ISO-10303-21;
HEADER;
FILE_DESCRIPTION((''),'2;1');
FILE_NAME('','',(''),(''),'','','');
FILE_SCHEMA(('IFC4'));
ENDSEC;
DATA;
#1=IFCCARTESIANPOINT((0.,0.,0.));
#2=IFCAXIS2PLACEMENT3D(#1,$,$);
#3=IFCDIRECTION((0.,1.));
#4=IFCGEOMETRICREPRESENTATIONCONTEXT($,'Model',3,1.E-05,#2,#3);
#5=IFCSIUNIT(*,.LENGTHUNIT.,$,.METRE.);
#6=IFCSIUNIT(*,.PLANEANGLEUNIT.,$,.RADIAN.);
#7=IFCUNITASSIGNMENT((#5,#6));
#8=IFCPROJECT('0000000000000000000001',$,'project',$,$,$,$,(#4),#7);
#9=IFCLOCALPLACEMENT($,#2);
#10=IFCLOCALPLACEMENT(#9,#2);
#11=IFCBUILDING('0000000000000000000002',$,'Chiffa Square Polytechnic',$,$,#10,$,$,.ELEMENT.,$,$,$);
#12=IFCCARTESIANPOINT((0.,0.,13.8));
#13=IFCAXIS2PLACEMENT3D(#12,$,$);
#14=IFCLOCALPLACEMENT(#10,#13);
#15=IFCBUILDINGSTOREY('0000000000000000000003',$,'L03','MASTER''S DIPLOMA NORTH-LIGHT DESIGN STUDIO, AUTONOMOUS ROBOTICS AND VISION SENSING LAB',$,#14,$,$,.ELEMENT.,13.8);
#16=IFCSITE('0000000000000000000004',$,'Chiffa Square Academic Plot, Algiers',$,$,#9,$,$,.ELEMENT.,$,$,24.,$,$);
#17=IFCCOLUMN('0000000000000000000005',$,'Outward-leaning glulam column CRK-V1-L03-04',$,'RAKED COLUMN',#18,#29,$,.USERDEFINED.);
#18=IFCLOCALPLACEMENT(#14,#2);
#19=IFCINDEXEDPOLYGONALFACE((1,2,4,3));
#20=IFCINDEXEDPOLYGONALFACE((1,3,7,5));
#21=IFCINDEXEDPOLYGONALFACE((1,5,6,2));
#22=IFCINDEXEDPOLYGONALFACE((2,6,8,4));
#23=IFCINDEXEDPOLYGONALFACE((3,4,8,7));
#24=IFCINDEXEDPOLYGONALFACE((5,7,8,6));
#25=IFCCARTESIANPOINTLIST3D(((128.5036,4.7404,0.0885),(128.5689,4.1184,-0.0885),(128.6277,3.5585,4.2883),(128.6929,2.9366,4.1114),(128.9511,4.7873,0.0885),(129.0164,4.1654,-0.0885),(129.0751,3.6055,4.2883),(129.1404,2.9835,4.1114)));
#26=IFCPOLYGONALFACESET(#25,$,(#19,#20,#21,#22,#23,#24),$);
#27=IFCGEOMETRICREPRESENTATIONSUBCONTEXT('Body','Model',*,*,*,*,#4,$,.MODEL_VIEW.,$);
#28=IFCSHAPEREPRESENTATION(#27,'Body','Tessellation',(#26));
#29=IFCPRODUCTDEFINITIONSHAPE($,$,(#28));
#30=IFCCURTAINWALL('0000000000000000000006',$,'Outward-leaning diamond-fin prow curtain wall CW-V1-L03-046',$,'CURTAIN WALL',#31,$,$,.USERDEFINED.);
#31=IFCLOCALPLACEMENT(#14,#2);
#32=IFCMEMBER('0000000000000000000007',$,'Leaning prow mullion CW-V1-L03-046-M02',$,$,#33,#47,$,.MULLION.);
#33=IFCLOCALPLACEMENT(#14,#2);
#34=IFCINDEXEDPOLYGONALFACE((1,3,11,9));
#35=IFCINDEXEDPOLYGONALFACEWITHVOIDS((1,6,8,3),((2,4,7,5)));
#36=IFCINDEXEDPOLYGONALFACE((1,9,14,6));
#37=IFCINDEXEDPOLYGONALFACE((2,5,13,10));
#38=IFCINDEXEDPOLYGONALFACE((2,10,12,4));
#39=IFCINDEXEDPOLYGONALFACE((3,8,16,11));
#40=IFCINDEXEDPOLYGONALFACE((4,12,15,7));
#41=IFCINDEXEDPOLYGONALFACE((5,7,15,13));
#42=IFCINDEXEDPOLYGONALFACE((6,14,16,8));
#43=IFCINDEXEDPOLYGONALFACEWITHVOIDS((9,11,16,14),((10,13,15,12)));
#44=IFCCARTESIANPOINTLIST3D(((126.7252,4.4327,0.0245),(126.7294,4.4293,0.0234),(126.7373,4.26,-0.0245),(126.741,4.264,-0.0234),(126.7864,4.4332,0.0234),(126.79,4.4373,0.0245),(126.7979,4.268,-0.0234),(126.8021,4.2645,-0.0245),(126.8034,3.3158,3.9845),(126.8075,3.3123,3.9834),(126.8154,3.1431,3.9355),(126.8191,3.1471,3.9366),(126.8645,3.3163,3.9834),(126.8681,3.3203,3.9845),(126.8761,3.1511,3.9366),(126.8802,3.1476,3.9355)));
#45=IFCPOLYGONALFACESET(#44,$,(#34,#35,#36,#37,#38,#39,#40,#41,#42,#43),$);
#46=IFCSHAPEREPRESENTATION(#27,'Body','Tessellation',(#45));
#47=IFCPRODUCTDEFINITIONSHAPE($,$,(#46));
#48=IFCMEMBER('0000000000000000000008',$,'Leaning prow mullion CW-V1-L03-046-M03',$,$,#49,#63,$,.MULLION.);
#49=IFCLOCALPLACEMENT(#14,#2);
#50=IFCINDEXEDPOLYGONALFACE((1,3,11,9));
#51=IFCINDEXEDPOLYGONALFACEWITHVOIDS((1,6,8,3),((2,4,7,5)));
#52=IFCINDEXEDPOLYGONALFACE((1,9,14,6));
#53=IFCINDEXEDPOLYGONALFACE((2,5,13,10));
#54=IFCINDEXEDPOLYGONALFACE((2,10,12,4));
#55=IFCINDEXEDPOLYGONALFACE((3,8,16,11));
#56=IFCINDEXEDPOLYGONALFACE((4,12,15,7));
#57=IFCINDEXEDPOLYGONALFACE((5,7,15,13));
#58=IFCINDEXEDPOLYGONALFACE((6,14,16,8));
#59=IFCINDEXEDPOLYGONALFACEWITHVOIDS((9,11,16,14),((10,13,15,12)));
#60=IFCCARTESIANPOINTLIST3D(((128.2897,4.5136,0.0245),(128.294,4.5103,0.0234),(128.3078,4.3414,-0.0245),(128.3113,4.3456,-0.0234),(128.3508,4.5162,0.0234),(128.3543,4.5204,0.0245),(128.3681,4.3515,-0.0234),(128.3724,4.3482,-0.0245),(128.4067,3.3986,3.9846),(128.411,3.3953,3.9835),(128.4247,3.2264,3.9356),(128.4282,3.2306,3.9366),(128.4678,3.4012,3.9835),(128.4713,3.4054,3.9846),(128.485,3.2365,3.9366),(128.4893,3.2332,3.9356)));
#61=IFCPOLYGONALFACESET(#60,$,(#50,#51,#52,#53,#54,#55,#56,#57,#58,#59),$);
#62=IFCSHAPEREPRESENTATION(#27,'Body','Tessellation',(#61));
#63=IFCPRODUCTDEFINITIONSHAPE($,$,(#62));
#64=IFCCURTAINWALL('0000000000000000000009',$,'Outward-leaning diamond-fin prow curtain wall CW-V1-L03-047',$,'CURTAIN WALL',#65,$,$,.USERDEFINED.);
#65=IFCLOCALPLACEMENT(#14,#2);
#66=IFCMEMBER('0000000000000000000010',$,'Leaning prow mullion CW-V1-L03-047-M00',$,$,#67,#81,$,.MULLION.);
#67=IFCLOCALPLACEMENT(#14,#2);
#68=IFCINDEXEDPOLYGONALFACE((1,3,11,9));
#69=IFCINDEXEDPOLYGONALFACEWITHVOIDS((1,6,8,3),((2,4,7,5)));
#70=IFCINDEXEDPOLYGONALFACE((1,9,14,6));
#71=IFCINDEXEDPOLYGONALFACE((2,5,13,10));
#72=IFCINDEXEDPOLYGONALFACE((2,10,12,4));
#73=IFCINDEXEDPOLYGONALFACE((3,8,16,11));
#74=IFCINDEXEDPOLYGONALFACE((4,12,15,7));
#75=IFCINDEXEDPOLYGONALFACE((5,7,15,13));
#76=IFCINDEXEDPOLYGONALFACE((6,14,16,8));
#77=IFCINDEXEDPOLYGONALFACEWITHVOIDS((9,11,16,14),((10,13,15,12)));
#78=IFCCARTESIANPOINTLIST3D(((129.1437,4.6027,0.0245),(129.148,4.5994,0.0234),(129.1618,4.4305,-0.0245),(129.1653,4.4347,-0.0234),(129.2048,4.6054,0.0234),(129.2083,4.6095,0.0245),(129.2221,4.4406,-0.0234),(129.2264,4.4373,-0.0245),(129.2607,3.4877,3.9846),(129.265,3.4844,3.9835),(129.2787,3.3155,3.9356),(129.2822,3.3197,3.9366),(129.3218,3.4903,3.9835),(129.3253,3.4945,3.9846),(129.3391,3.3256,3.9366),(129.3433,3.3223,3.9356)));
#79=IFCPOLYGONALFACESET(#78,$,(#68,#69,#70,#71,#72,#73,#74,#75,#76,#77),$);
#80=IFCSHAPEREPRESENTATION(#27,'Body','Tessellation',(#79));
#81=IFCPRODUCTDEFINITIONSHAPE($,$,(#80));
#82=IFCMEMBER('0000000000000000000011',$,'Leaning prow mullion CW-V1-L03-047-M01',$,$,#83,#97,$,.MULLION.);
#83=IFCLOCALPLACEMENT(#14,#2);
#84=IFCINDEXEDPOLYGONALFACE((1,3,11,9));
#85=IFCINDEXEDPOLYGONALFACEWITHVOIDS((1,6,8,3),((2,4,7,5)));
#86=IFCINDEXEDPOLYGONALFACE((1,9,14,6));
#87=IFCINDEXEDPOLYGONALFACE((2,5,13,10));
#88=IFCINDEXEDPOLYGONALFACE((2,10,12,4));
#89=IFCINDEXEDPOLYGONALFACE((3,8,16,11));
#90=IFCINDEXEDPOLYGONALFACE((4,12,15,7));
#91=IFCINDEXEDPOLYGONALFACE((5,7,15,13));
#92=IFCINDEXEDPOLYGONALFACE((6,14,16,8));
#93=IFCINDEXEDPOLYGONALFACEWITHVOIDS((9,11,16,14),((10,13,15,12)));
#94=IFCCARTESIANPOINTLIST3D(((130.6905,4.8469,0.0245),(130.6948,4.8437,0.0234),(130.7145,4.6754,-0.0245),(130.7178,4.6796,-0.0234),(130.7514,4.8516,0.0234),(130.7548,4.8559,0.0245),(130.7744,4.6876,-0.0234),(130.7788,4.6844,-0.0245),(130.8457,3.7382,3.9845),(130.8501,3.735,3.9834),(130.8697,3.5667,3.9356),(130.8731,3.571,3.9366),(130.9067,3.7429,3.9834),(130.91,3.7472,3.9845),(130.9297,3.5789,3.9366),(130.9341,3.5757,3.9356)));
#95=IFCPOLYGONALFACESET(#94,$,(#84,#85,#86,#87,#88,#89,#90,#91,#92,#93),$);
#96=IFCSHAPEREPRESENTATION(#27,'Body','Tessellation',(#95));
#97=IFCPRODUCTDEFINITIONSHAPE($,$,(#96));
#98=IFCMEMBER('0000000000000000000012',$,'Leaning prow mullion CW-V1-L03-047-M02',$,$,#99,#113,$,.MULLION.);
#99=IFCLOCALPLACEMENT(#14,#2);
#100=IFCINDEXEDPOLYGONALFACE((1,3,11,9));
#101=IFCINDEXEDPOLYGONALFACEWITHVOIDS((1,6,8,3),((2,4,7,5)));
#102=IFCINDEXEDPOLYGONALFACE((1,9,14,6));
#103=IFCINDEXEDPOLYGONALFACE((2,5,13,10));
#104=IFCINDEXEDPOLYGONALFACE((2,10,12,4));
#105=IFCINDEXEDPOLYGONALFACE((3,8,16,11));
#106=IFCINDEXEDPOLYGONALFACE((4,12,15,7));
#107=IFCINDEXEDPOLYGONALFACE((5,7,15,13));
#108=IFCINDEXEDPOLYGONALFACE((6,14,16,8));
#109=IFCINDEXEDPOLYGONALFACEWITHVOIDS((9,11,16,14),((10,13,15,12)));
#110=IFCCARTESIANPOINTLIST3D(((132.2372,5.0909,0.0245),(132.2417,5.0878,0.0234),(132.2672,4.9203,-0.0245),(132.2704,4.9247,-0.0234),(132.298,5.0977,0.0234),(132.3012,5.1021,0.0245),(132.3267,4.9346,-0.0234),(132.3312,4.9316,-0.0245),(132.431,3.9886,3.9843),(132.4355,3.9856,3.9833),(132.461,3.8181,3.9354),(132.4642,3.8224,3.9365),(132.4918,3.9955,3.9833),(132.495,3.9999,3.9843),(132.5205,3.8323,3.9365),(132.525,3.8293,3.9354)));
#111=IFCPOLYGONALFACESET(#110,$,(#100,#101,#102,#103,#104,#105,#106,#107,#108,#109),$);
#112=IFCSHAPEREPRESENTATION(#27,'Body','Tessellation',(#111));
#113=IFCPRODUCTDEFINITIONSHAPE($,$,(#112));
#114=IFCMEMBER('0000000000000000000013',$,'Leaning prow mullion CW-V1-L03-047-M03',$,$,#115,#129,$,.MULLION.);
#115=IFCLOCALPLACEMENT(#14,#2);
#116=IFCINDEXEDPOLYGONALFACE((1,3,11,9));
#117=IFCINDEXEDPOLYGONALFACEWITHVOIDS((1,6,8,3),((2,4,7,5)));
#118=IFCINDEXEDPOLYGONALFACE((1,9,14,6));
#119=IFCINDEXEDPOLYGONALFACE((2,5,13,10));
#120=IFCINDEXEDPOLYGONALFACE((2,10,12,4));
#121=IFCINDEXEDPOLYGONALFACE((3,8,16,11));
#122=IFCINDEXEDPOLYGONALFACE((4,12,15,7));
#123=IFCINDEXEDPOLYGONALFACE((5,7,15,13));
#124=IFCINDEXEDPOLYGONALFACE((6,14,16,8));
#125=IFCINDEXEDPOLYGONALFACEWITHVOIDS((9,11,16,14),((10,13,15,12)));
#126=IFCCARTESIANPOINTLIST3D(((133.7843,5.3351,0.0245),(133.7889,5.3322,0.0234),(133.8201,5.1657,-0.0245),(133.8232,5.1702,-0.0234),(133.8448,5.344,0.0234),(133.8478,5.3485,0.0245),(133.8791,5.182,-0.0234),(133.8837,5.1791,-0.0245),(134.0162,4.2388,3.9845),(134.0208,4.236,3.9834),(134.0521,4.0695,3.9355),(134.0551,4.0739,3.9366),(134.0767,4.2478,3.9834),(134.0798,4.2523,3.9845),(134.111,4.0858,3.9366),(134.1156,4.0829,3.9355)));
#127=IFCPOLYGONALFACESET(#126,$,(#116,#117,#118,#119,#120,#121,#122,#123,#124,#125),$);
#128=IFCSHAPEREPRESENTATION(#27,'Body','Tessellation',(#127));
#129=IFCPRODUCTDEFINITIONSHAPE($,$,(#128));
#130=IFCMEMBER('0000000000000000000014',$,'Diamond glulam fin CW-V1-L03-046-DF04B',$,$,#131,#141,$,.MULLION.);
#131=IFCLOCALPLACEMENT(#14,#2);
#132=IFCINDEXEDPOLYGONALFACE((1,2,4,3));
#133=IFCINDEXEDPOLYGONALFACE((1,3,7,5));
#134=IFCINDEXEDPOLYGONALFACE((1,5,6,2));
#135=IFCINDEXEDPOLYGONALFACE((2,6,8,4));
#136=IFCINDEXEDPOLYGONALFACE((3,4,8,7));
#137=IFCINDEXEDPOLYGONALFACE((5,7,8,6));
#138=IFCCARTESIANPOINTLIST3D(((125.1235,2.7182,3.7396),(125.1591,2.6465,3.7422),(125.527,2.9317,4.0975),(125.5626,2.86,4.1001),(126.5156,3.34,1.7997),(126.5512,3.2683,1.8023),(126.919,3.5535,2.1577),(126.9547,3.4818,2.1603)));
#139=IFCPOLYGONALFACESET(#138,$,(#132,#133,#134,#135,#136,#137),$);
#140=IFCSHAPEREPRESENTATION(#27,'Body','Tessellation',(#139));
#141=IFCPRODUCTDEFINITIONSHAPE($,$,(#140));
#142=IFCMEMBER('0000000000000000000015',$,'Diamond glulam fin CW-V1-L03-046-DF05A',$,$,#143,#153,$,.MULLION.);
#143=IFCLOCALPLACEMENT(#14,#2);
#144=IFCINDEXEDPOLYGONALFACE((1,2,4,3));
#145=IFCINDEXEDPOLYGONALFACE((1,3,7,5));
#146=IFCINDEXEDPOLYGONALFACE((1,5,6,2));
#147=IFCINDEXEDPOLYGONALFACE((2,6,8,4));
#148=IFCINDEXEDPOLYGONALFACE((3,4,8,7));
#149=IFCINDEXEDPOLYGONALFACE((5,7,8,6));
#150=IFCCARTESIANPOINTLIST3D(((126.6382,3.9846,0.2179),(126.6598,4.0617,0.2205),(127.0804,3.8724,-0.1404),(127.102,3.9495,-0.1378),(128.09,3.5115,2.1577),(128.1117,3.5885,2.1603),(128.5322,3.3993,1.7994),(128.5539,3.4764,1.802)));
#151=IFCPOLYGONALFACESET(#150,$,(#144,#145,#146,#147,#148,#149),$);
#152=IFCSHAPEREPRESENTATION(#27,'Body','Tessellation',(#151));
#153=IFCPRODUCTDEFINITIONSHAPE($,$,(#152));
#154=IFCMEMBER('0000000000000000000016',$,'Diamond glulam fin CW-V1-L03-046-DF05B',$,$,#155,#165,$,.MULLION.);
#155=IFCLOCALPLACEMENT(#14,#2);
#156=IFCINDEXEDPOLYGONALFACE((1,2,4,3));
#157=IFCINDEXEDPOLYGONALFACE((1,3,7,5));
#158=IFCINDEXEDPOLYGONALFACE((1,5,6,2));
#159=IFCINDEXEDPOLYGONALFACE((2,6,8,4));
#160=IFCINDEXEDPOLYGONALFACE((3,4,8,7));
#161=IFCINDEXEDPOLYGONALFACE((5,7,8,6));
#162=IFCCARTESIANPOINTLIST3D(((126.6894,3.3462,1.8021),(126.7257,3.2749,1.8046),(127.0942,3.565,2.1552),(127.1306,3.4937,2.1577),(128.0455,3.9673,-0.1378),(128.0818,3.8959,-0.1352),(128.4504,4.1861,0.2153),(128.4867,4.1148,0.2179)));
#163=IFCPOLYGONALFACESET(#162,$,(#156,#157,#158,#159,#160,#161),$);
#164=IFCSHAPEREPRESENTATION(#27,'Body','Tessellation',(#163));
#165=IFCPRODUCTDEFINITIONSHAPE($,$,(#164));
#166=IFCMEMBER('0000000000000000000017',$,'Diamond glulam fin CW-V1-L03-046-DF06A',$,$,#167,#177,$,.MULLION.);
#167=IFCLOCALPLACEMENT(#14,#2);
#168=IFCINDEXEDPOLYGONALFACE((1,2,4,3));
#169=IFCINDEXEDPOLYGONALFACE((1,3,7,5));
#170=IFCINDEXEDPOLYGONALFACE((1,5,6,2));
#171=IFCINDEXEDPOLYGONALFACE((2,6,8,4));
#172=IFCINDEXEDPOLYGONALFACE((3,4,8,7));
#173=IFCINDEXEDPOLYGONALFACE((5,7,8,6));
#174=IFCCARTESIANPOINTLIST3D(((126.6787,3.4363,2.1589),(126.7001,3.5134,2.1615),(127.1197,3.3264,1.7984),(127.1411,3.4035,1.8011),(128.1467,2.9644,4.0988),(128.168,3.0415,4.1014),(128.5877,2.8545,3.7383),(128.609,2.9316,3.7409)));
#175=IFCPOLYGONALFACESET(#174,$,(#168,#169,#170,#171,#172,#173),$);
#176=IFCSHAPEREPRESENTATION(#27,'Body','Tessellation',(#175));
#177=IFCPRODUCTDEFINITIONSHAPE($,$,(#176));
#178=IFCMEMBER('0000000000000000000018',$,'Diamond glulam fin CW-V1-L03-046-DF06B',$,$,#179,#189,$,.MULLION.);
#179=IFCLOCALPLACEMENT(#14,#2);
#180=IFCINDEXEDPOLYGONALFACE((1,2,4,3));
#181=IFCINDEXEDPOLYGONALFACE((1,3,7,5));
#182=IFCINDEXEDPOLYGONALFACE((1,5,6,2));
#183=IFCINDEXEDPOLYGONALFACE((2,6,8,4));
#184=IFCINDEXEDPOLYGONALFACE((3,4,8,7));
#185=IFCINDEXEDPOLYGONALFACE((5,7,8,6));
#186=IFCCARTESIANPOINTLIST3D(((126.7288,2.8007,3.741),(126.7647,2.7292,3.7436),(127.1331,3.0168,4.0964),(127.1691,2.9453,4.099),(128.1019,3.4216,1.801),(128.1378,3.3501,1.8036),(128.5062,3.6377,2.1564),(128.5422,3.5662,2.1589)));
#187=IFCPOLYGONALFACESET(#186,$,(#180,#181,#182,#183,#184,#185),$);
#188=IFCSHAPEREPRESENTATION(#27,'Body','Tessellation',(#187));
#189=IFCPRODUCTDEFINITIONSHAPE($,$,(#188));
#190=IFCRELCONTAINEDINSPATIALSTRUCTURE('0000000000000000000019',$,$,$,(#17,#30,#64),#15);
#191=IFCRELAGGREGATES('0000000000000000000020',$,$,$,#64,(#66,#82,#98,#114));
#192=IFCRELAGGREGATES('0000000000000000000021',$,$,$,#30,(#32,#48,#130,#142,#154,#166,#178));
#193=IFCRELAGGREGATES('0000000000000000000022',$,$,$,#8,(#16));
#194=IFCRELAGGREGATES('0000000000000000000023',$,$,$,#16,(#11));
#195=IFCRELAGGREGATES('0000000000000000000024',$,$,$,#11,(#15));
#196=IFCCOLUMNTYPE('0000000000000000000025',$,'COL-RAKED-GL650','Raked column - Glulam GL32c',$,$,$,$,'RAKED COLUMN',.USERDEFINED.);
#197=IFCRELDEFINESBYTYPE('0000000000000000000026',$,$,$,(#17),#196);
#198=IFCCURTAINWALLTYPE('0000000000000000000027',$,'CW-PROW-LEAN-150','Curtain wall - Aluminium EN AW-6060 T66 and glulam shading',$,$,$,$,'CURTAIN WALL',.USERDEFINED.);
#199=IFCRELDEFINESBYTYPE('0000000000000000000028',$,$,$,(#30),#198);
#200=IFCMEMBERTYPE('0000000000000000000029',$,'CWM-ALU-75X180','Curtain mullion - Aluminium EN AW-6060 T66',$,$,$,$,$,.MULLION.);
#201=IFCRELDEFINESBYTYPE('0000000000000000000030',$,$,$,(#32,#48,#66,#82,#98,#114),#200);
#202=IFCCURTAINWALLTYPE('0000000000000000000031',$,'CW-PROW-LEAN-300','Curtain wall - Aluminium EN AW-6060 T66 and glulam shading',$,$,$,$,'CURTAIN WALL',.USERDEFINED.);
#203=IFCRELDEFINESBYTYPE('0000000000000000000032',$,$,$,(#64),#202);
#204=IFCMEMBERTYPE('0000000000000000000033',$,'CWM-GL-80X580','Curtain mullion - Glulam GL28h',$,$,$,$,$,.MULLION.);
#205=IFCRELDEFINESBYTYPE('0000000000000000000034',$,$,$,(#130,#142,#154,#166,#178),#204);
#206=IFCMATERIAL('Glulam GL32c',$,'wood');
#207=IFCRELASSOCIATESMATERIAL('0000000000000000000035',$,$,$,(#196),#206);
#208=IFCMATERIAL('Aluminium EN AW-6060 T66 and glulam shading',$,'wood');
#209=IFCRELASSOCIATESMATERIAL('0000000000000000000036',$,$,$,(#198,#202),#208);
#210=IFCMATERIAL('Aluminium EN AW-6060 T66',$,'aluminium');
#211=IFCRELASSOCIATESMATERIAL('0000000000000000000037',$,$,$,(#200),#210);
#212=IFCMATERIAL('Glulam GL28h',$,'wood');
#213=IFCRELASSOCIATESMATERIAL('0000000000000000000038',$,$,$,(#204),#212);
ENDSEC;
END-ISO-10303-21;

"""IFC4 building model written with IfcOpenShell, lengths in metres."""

from ifc_helpers import new_model, si_unit, direction, frame, origin, origin_2d, place, context, subcontext, project, spatial, rectangle, hollow_rectangle, extrude, material, material_profile, profile_set, type_object, element, aggregate, save


model = new_model("IFC4")

# Units and contexts
model_context = context("Model", 3, precision=1e-05, world=origin(), true_north=direction((0.0, 1.0)))
body_context = subcontext(model_context, "Body", "Model", "MODEL_VIEW")
ifc_project = project(units=[si_unit("LENGTHUNIT", "METRE"), si_unit("PLANEANGLEUNIT", "RADIAN")], contexts=[model_context])

# Site, building, storey
site_placement = place(None, origin())
site = spatial("IfcSite", under=ifc_project, at=site_placement, Name="Chiffa Square Academic Plot, Algiers", CompositionType="ELEMENT", RefElevation=24.0)
building_placement = place(site_placement, origin())
building = spatial("IfcBuilding", under=site, at=building_placement, Name="Chiffa Square Polytechnic", CompositionType="ELEMENT")
storey_placement = place(building_placement, frame((0.0, 0.0, 13.8)))
storey = spatial("IfcBuildingStorey", under=building, at=storey_placement, Name="L03", Description="MASTER'S DIPLOMA NORTH-LIGHT DESIGN STUDIO, AUTONOMOUS ROBOTICS AND VISION SENSING LAB", CompositionType="ELEMENT", Elevation=13.8)

# Column
ifc_material_1 = material(Name="Glulam GL32c", Category="wood")
ifc_material_profile_1 = material_profile(ifc_material_1, rectangle(XDim=0.45, YDim=0.6499, at=origin_2d()), Name="GL32c 450x650")
ifc_profile_set_1 = profile_set([ifc_material_profile_1], Name="Glulam GL32c")
column_type = type_object("IfcColumnType", Name="COL-RAKED-GL650", Description="Raked column - Glulam GL32c", ElementType="RAKED COLUMN", PredefinedType="USERDEFINED", material=ifc_profile_set_1)
column_placement = place(storey_placement, frame((128.76, 4.4529, 0.0), z_axis=(0.028414, -0.270774, 0.962224), x_axis=(0.994539, 0.104364, 0.0)))
element("IfcColumn", 1, at=column_placement, inside=storey, type_object=column_type, Name="Outward-leaning glulam column CRK-V1-L03-04", ObjectType="RAKED COLUMN", PredefinedType="USERDEFINED", context=body_context, shape_type="SweptSolid", body=[
    extrude(rectangle(XDim=0.45, YDim=0.6499, at=origin_2d()), origin(), (0.0, 0.0, 1.0), 4.3647),
])

# Curtain walls, members
ifc_material_2 = material(Name="Aluminium EN AW-6060 T66 and glulam shading", Category="wood")
curtain_wall_type_1 = type_object("IfcCurtainWallType", Name="CW-PROW-LEAN-150", Description="Curtain wall - Aluminium EN AW-6060 T66 and glulam shading", ElementType="CURTAIN WALL", PredefinedType="USERDEFINED", material=ifc_material_2)
curtain_wall_1_placement = place(storey_placement, origin())
curtain_wall_1 = element("IfcCurtainWall", 2, at=curtain_wall_1_placement, inside=storey, type_object=curtain_wall_type_1, Name="Outward-leaning diamond-fin prow curtain wall CW-V1-L03-046", ObjectType="CURTAIN WALL", PredefinedType="USERDEFINED")
ifc_material_3 = material(Name="Aluminium EN AW-6060 T66", Category="aluminium")
ifc_material_profile_2 = material_profile(ifc_material_3, hollow_rectangle(XDim=0.0649, YDim=0.1799, WallThickness=0.0039, at=origin_2d()), Name="ALU 65x180x4")
ifc_profile_set_2 = profile_set([ifc_material_profile_2], Name="Aluminium EN AW-6060 T66")
member_type_1 = type_object("IfcMemberType", Name="CWM-ALU-75X180", Description="Curtain mullion - Aluminium EN AW-6060 T66", PredefinedType="MULLION", material=ifc_profile_set_2)
member_1_placement = place(storey_placement, frame((126.7637, 4.3486, 0.0), z_axis=(0.018984, -0.271418, 0.962274), x_axis=(0.997563, 0.069775, 0.0)))
member_1 = element("IfcMember", 3, at=member_1_placement, type_object=member_type_1, Name="Leaning prow mullion CW-V1-L03-046-M02", PredefinedType="MULLION", context=body_context, shape_type="SweptSolid", body=[
    extrude(hollow_rectangle(XDim=0.0649, YDim=0.1799, WallThickness=0.0039, at=origin_2d()), origin(), (0.0, 0.0, 1.0), 4.1152),
])
member_2_placement = place(storey_placement, frame((128.3311, 4.4309, 0.0), z_axis=(0.028415, -0.270918, 0.962183), x_axis=(0.994545, 0.104311, 0.0)))
member_2 = element("IfcMember", 4, at=member_2_placement, type_object=member_type_1, Name="Leaning prow mullion CW-V1-L03-046-M03", PredefinedType="MULLION", context=body_context, shape_type="SweptSolid", body=[
    extrude(hollow_rectangle(XDim=0.0649, YDim=0.1799, WallThickness=0.0039, at=origin_2d()), origin(), (0.0, 0.0, 1.0), 4.1157),
])
curtain_wall_type_2 = type_object("IfcCurtainWallType", Name="CW-PROW-LEAN-300", Description="Curtain wall - Aluminium EN AW-6060 T66 and glulam shading", ElementType="CURTAIN WALL", PredefinedType="USERDEFINED", material=ifc_material_2)
curtain_wall_2_placement = place(storey_placement, origin())
curtain_wall_2 = element("IfcCurtainWall", 5, at=curtain_wall_2_placement, inside=storey, type_object=curtain_wall_type_2, Name="Outward-leaning diamond-fin prow curtain wall CW-V1-L03-047", ObjectType="CURTAIN WALL", PredefinedType="USERDEFINED")
member_3_placement = place(storey_placement, frame((129.1851, 4.52, 0.0), z_axis=(0.028415, -0.270918, 0.962183), x_axis=(0.994545, 0.104311, 0.0)))
member_3 = element("IfcMember", 6, at=member_3_placement, type_object=member_type_1, Name="Leaning prow mullion CW-V1-L03-047-M00", PredefinedType="MULLION", context=body_context, shape_type="SweptSolid", body=[
    extrude(hollow_rectangle(XDim=0.0649, YDim=0.1799, WallThickness=0.0039, at=origin_2d()), origin(), (0.0, 0.0, 1.0), 4.1157),
])
member_4_placement = place(storey_placement, frame((130.7346, 4.7656, 0.0), z_axis=(0.037732, -0.269405, 0.962288), x_axis=(0.990334, 0.138703, 0.0)))
member_4 = element("IfcMember", 7, at=member_4_placement, type_object=member_type_1, Name="Leaning prow mullion CW-V1-L03-047-M01", PredefinedType="MULLION", context=body_context, shape_type="SweptSolid", body=[
    extrude(hollow_rectangle(XDim=0.0649, YDim=0.1799, WallThickness=0.0039, at=origin_2d()), origin(), (0.0, 0.0, 1.0), 4.1152),
])
member_5_placement = place(storey_placement, frame((132.2842, 5.0112, 0.0), z_axis=(0.047107, -0.267867, 0.962304), x_axis=(0.984887, 0.1732, 0.0)))
member_5 = element("IfcMember", 8, at=member_5_placement, type_object=member_type_1, Name="Leaning prow mullion CW-V1-L03-047-M02", PredefinedType="MULLION", context=body_context, shape_type="SweptSolid", body=[
    extrude(hollow_rectangle(XDim=0.0649, YDim=0.1799, WallThickness=0.0039, at=origin_2d()), origin(), (0.0, 0.0, 1.0), 4.115),
])
member_6_placement = place(storey_placement, frame((133.834, 5.2571, 0.0), z_axis=(0.056357, -0.266362, 0.962224), x_axis=(0.978341, 0.206999, 0.0)))
member_6 = element("IfcMember", 9, at=member_6_placement, type_object=member_type_1, Name="Leaning prow mullion CW-V1-L03-047-M03", PredefinedType="MULLION", context=body_context, shape_type="SweptSolid", body=[
    extrude(hollow_rectangle(XDim=0.0649, YDim=0.1799, WallThickness=0.0039, at=origin_2d()), origin(), (0.0, 0.0, 1.0), 4.1155),
])

# Members
ifc_material_4 = material(Name="Glulam GL28h", Category="wood")
ifc_material_profile_3 = material_profile(ifc_material_4, rectangle(XDim=0.0801, YDim=0.5801, at=origin_2d()), Name="GL28h 80x580")
ifc_profile_set_3 = profile_set([ifc_material_profile_3], Name="Glulam GL28h")
member_type_2 = type_object("IfcMemberType", Name="CWM-GL-80X580", Description="Curtain mullion - Glulam GL28h", PredefinedType="MULLION", material=ifc_profile_set_3)
member_7_placement = place(storey_placement, frame((126.7351, 3.4109, 1.98), z_axis=(-0.564198, -0.252019, 0.786236), x_axis=(0.444858, -0.895017, 0.03234)))
member_7 = element("IfcMember", 10, at=member_7_placement, type_object=member_type_2, Name="Diamond glulam fin CW-V1-L03-046-DF04B", PredefinedType="MULLION", context=body_context, shape_type="SweptSolid", body=[
    extrude(rectangle(XDim=0.0801, YDim=0.5801, at=origin_2d()), origin(), (0.0, 0.0, 1.0), 2.4673),
])
member_8_placement = place(storey_placement, frame((126.8701, 3.967, 0.04), z_axis=(0.588087, -0.191645, 0.785764), x_axis=(0.270317, 0.962227, 0.032371)))
member_8 = element("IfcMember", 11, at=member_8_placement, type_object=member_type_2, Name="Diamond glulam fin CW-V1-L03-046-DF05A", PredefinedType="MULLION", context=body_context, shape_type="SweptSolid", body=[
    extrude(rectangle(XDim=0.0801, YDim=0.5801, at=origin_2d()), origin(), (0.0, 0.0, 1.0), 2.4688),
])
member_9_placement = place(storey_placement, frame((128.2661, 4.041, 0.04), z_axis=(-0.554202, -0.253806, 0.792744), x_axis=(0.453529, -0.89067, 0.031902)))
member_9 = element("IfcMember", 12, at=member_9_placement, type_object=member_type_2, Name="Diamond glulam fin CW-V1-L03-046-DF05B", PredefinedType="MULLION", context=body_context, shape_type="SweptSolid", body=[
    extrude(rectangle(XDim=0.0801, YDim=0.5801, at=origin_2d()), origin(), (0.0, 0.0, 1.0), 2.447),
])
member_10_placement = place(storey_placement, frame((126.9099, 3.4199, 1.98), z_axis=(0.592388, -0.190435, 0.782823), x_axis=(0.266622, 0.963251, 0.032566)))
member_10 = element("IfcMember", 13, at=member_10_placement, type_object=member_type_2, Name="Diamond glulam fin CW-V1-L03-046-DF06A", PredefinedType="MULLION", context=body_context, shape_type="SweptSolid", body=[
    extrude(rectangle(XDim=0.0801, YDim=0.5801, at=origin_2d()), origin(), (0.0, 0.0, 1.0), 2.478),
])
member_11_placement = place(storey_placement, frame((128.322, 3.4939, 1.98), z_axis=(-0.558959, -0.252744, 0.789738), x_axis=(0.449104, -0.892903, 0.032105)))
member_11 = element("IfcMember", 14, at=member_11_placement, type_object=member_type_2, Name="Diamond glulam fin CW-V1-L03-046-DF06B", PredefinedType="MULLION", context=body_context, shape_type="SweptSolid", body=[
    extrude(rectangle(XDim=0.0801, YDim=0.5801, at=origin_2d()), origin(), (0.0, 0.0, 1.0), 2.4565),
])

aggregate(curtain_wall_2, [member_3, member_4, member_5, member_6])
aggregate(curtain_wall_1, [member_1, member_2, member_7, member_8, member_9, member_10, member_11])

save(model, "model.ifc")
